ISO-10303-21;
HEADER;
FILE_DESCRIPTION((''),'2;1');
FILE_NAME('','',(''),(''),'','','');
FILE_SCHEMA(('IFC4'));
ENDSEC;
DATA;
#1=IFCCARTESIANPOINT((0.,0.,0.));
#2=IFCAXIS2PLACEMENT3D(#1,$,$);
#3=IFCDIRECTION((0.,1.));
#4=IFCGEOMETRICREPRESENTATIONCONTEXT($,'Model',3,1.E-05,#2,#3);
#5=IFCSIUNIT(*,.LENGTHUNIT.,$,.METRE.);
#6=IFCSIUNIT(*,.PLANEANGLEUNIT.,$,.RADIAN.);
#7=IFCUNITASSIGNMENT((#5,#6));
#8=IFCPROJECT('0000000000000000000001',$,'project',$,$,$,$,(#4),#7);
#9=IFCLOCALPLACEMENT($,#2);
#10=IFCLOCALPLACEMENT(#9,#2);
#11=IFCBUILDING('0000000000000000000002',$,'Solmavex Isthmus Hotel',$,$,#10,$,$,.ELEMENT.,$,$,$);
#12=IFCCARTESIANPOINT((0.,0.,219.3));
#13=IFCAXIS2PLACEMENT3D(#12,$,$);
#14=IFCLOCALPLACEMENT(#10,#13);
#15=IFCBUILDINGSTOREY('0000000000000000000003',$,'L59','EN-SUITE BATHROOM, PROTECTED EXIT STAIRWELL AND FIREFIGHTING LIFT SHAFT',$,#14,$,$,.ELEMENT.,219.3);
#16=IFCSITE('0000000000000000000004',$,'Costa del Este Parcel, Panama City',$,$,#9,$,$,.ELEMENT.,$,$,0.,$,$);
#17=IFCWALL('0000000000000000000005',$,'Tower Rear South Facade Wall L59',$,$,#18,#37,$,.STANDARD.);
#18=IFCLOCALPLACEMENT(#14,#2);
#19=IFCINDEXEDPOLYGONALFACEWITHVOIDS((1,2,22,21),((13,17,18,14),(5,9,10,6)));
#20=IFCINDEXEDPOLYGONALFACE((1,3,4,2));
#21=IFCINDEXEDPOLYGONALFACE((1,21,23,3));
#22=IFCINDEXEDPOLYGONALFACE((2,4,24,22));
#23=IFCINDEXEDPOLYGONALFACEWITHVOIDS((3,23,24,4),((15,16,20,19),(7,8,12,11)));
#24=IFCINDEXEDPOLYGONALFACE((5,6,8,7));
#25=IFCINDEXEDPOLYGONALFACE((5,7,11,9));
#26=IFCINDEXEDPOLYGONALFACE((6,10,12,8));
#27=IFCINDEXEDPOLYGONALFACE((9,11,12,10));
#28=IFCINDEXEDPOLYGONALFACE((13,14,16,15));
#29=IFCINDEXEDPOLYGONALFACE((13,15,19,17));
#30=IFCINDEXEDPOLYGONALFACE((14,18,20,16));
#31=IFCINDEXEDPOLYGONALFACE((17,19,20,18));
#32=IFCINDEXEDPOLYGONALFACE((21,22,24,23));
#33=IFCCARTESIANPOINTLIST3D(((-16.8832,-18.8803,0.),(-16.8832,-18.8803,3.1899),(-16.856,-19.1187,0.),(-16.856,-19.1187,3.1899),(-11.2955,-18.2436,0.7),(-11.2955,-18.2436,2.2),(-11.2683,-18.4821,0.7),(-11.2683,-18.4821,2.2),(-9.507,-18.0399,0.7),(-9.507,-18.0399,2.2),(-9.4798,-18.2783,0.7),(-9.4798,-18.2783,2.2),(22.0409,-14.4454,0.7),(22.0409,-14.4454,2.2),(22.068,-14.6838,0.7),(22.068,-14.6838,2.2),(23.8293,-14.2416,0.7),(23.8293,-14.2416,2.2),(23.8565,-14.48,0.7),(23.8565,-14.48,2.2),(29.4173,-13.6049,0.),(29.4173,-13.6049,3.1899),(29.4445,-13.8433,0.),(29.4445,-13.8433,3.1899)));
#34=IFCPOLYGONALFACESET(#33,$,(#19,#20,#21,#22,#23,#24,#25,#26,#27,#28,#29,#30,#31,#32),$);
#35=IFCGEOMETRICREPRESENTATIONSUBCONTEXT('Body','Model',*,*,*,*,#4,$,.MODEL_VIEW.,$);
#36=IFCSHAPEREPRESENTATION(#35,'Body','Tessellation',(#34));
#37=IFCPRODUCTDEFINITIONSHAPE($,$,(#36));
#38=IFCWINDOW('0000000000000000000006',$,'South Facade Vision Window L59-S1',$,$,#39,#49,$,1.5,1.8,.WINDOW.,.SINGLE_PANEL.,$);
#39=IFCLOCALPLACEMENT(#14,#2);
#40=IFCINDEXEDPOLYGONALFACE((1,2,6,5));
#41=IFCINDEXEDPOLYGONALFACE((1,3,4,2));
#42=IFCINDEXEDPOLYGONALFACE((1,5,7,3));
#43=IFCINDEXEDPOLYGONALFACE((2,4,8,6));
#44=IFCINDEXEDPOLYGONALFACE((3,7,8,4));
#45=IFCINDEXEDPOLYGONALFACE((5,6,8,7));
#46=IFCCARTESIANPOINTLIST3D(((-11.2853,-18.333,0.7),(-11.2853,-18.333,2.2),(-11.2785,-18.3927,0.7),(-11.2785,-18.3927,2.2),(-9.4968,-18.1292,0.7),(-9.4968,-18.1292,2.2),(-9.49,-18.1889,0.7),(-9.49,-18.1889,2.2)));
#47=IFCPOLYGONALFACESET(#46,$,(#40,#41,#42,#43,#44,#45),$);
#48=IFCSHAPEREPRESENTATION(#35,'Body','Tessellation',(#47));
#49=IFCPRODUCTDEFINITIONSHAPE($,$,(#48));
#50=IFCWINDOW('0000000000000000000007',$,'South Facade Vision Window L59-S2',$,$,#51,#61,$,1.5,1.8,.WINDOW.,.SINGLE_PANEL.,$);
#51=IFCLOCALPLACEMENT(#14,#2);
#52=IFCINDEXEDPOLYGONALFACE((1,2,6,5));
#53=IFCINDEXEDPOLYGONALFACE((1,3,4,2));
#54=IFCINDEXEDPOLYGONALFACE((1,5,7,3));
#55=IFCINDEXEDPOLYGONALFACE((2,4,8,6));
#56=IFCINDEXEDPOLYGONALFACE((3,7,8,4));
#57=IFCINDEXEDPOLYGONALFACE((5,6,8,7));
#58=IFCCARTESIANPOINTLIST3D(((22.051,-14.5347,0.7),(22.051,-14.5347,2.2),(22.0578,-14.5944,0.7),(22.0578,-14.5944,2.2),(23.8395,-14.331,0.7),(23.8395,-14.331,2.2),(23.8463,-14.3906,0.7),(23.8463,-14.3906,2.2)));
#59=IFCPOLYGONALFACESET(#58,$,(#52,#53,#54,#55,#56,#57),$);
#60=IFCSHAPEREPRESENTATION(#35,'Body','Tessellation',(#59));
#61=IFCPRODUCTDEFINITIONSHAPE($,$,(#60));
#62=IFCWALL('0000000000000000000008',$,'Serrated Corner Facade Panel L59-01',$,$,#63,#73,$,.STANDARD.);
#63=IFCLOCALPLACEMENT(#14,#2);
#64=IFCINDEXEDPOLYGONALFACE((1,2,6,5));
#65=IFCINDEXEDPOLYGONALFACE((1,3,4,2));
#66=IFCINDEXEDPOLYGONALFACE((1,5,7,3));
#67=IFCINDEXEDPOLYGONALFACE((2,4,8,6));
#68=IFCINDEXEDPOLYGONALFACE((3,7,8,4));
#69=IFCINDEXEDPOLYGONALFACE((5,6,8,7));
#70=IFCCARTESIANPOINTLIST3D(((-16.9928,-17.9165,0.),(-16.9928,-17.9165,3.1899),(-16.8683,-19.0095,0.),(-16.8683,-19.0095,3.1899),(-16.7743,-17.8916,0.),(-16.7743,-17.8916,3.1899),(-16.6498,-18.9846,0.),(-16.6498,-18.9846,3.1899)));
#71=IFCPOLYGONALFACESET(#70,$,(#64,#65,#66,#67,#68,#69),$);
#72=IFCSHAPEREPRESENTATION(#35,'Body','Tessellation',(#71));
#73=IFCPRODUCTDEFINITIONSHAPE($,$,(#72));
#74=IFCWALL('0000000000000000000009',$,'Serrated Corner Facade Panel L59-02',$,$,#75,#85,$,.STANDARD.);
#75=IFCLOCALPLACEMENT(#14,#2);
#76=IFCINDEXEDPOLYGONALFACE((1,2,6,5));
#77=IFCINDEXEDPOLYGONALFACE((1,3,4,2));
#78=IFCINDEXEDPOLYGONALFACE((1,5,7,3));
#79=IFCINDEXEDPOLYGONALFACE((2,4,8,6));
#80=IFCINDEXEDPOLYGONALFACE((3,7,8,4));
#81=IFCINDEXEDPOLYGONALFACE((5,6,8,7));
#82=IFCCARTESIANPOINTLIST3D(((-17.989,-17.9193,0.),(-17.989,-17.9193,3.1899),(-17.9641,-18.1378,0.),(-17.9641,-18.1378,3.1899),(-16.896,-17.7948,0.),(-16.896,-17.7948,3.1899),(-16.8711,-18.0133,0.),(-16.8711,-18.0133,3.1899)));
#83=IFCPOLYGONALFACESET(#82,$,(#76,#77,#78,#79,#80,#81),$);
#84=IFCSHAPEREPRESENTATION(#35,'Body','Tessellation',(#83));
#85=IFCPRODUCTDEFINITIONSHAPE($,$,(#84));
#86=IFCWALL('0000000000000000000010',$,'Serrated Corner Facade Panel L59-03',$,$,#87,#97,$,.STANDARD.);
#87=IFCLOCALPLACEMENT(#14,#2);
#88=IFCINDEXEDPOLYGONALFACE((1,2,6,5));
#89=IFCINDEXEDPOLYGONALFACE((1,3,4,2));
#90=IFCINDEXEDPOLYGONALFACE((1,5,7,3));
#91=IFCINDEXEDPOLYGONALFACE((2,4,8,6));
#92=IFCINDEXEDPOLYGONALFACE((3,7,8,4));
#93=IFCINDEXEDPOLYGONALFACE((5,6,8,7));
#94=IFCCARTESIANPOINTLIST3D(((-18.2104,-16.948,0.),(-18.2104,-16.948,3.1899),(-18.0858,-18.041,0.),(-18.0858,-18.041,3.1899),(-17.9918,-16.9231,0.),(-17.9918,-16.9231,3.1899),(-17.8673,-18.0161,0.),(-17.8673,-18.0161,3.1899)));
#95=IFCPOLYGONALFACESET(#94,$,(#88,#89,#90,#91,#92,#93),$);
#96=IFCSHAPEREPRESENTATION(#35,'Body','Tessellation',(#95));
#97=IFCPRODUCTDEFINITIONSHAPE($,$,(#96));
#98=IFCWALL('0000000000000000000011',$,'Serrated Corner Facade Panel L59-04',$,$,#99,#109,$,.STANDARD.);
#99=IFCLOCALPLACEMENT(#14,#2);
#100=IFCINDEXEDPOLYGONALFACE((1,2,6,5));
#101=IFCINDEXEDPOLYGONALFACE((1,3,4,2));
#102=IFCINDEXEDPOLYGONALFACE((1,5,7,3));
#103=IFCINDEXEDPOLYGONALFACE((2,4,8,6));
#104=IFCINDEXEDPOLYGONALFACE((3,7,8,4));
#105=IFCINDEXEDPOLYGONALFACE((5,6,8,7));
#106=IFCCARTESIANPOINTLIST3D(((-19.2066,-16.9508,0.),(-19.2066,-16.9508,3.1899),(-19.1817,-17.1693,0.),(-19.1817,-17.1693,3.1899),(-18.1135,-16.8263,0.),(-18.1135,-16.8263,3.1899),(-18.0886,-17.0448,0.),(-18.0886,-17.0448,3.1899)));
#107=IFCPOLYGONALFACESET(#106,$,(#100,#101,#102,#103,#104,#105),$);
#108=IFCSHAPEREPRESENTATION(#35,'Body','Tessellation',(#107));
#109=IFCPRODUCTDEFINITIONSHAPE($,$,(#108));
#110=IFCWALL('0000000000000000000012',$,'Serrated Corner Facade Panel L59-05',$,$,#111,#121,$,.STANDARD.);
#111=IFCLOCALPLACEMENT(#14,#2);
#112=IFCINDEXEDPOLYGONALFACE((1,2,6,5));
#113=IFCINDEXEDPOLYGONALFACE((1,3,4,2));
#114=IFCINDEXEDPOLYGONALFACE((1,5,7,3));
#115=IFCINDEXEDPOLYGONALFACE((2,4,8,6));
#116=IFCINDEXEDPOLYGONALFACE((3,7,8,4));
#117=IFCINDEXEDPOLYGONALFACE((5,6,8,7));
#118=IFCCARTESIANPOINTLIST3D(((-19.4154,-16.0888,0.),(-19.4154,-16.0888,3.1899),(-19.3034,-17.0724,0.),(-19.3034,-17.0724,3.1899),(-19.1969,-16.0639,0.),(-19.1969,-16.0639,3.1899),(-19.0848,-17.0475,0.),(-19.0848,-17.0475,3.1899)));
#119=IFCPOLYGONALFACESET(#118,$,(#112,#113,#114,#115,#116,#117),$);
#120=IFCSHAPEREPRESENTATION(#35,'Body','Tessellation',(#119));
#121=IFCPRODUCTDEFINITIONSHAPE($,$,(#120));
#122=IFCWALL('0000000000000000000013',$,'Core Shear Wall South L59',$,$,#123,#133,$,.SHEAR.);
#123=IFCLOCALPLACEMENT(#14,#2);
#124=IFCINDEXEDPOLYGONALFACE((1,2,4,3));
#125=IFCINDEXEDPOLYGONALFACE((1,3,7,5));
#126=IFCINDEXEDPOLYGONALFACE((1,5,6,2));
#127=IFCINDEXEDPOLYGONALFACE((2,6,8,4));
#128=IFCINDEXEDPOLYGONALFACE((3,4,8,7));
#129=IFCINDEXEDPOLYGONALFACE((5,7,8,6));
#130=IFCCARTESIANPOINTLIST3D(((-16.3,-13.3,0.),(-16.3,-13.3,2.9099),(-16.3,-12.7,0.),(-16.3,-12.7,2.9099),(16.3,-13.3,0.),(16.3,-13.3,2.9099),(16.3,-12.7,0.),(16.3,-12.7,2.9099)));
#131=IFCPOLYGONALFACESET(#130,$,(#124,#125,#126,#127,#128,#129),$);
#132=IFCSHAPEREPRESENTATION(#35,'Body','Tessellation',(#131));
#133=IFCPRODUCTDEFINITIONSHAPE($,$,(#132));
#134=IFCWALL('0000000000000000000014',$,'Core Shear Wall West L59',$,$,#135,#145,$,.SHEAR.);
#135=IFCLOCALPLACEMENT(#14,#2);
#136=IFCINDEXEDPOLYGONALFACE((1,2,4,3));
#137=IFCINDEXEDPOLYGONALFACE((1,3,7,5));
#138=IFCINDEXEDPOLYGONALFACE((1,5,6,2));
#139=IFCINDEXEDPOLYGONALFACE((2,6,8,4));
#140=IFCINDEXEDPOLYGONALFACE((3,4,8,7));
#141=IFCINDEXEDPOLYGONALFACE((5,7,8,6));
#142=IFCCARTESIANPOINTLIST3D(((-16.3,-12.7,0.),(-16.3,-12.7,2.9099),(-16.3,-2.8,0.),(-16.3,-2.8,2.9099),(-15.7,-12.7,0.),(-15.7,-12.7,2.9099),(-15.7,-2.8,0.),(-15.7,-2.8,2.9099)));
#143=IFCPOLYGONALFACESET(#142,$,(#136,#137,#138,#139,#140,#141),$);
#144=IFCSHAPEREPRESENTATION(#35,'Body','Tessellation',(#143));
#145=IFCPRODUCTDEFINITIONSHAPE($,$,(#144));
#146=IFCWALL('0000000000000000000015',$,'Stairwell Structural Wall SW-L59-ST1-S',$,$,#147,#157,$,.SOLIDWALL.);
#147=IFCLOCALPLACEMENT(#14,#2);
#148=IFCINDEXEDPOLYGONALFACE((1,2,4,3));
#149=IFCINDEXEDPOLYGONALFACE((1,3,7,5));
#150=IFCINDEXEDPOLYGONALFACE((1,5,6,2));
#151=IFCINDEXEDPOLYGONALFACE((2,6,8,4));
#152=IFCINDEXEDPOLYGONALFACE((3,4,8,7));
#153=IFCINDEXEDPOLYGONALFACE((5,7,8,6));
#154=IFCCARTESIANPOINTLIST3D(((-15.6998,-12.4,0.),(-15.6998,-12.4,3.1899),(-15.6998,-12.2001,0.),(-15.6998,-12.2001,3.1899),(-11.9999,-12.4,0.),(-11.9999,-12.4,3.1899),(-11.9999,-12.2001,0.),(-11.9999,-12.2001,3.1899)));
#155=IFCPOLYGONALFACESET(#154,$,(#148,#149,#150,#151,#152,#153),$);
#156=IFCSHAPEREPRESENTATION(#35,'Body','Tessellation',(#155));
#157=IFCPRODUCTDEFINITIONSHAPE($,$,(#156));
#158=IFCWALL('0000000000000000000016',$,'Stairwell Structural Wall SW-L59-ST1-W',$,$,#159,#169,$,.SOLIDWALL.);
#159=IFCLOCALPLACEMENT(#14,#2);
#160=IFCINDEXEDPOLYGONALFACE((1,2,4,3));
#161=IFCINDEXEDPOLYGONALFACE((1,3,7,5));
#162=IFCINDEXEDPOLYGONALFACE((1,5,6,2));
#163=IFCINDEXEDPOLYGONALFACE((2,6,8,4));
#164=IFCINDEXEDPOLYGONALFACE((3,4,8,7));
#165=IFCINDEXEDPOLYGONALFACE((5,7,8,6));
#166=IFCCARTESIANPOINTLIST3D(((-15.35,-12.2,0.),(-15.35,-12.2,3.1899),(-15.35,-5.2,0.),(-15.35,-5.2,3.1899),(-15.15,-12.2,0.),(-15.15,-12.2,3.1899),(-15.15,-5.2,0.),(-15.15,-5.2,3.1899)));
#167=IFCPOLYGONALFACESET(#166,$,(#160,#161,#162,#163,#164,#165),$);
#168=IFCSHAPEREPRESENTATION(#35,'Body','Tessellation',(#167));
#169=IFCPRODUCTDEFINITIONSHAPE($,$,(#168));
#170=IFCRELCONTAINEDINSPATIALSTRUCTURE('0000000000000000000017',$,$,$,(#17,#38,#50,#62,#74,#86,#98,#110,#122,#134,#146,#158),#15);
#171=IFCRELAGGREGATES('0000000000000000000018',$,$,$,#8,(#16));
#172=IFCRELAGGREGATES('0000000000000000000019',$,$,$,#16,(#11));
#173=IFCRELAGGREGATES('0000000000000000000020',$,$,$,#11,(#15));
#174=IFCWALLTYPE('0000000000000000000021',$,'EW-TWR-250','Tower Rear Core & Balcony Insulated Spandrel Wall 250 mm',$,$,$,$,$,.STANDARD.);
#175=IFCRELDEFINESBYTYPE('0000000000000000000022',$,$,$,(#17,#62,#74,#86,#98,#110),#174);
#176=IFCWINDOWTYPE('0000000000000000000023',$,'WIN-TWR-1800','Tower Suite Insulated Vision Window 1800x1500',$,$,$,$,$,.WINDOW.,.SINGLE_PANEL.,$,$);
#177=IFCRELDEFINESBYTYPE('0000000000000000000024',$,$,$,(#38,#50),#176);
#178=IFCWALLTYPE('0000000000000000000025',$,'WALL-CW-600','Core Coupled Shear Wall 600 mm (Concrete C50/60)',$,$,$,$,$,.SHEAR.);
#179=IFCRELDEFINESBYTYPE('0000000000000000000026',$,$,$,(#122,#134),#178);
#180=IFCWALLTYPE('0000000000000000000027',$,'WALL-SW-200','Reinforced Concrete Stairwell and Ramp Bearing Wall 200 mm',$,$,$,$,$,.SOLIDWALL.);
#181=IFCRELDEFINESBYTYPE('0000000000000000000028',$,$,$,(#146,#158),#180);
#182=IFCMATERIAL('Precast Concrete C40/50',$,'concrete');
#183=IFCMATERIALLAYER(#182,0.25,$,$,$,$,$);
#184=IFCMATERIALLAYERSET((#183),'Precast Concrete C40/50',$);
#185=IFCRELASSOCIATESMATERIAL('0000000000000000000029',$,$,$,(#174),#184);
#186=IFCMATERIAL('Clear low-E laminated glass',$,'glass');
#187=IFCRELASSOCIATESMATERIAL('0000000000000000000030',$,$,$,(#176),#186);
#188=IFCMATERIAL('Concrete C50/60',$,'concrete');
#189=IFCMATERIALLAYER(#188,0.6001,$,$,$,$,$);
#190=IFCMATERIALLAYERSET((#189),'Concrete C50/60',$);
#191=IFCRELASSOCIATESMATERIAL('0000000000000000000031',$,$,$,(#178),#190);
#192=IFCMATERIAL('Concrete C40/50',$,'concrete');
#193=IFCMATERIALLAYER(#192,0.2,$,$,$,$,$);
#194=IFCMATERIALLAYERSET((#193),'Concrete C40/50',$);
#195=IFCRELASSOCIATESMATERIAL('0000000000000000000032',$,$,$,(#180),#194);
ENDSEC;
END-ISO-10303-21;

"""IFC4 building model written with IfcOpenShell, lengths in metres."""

from ifc_helpers import new_model, si_unit, direction, frame, frame_2d, origin, place, context, subcontext, project, spatial, rectangle, extrude, material, layer, layer_set, type_object, element, fill, save


model = new_model("IFC4")

# Units and contexts
model_context = context("Model", 3, precision=1e-05, world=origin(), true_north=direction((0.0, 1.0)))
body_context = subcontext(model_context, "Body", "Model", "MODEL_VIEW")
ifc_project = project(units=[si_unit("LENGTHUNIT", "METRE"), si_unit("PLANEANGLEUNIT", "RADIAN")], contexts=[model_context])

# Site, building, storey
site_placement = place(None, origin())
site = spatial("IfcSite", under=ifc_project, at=site_placement, Name="Costa del Este Parcel, Panama City", CompositionType="ELEMENT", RefElevation=0.0)
building_placement = place(site_placement, origin())
building = spatial("IfcBuilding", under=site, at=building_placement, Name="Solmavex Isthmus Hotel", CompositionType="ELEMENT")
storey_placement = place(building_placement, frame((0.0, 0.0, 219.3)))
storey = spatial("IfcBuildingStorey", under=building, at=storey_placement, Name="L59", Description="EN-SUITE BATHROOM, PROTECTED EXIT STAIRWELL AND FIREFIGHTING LIFT SHAFT", CompositionType="ELEMENT", Elevation=219.3)

# Shared definitions
ifc_material_1 = material(Name="Concrete C50/60", Category="concrete")

# Shared definitions
ifc_material_2 = material(Name="Clear low-E laminated glass", Category="glass")

# Wall, openings, windows
ifc_material_3 = material(Name="Precast Concrete C40/50", Category="concrete")
ifc_layer_1 = layer(ifc_material_3, 0.25)
ifc_layer_set_1 = layer_set([ifc_layer_1], Name="Precast Concrete C40/50")
wall_type_1 = type_object("IfcWallType", Name="EW-TWR-250", Description="Tower Rear Core & Balcony Insulated Spandrel Wall 250 mm", PredefinedType="STANDARD", material=ifc_layer_set_1)
wall_1_placement = place(storey_placement, frame((-16.8696, -18.9995, 0.0), z_axis=(0.0, 0.0, 1.0), x_axis=(0.993572, 0.113206, 0.0)))
wall_1 = element("IfcWall", 1, at=wall_1_placement, inside=storey, type_object=wall_type_1, Name="Tower Rear South Facade Wall L59", PredefinedType="STANDARD", context=body_context, shape_type="SweptSolid", body=[
    extrude(rectangle(XDim=46.6001, YDim=0.24, at=frame_2d((23.3, 0.0))), origin(), (0.0, 0.0, 1.0), 3.1899),
])
opening_1_placement = place(wall_1_placement, frame((5.624, 0.0, 0.7)))
opening_1 = element("IfcOpeningElement", 2, at=opening_1_placement, cuts=wall_1, PredefinedType="OPENING", context=body_context, shape_type="SweptSolid", body=[
    extrude(rectangle(XDim=1.8, YDim=1.5, at=frame_2d((0.8999, 0.75))), frame((0.0, 0.1299, 0.0), z_axis=(0.0, -1.0, 0.0), x_axis=(1.0, 0.0, 0.0)), (0.0, 0.0, 1.0), 0.26),
])
opening_2_placement = place(wall_1_placement, frame((39.176, 0.0, 0.7)))
opening_2 = element("IfcOpeningElement", 3, at=opening_2_placement, cuts=wall_1, PredefinedType="OPENING", context=body_context, shape_type="SweptSolid", body=[
    extrude(rectangle(XDim=1.8, YDim=1.5, at=frame_2d((0.8999, 0.75))), frame((0.0, 0.1299, 0.0), z_axis=(0.0, -1.0, 0.0), x_axis=(1.0, 0.0, 0.0)), (0.0, 0.0, 1.0), 0.26),
])
window_type = type_object("IfcWindowType", Name="WIN-TWR-1800", Description="Tower Suite Insulated Vision Window 1800x1500", PartitioningType="SINGLE_PANEL", PredefinedType="WINDOW", material=ifc_material_2)
window_1_placement = place(opening_1_placement, origin())
window_1 = element("IfcWindow", 4, at=window_1_placement, inside=storey, type_object=window_type, Name="South Facade Vision Window L59-S1", OverallHeight=1.5, OverallWidth=1.8, PartitioningType="SINGLE_PANEL", PredefinedType="WINDOW", context=body_context, shape_type="SweptSolid", body=[
    extrude(rectangle(XDim=1.8, YDim=1.5, at=frame_2d((0.8999, 0.75))), frame((0.0, 0.03, 0.0), z_axis=(0.0, -1.0, 0.0), x_axis=(1.0, 0.0, 0.0)), (0.0, 0.0, 1.0), 0.0601),
])
fill(opening_1, window_1)
window_2_placement = place(opening_2_placement, origin())
window_2 = element("IfcWindow", 5, at=window_2_placement, inside=storey, type_object=window_type, Name="South Facade Vision Window L59-S2", OverallHeight=1.5, OverallWidth=1.8, PartitioningType="SINGLE_PANEL", PredefinedType="WINDOW", context=body_context, shape_type="SweptSolid", body=[
    extrude(rectangle(XDim=1.8, YDim=1.5, at=frame_2d((0.8999, 0.75))), frame((0.0, 0.03, 0.0), z_axis=(0.0, -1.0, 0.0), x_axis=(1.0, 0.0, 0.0)), (0.0, 0.0, 1.0), 0.0601),
])
fill(opening_2, window_2)

# Walls
for number, where, z_axis, x_axis, name in (
    (6, (-16.759, -18.9971, 0.0), (0.0, 0.0, 1.0), (-0.113184, 0.993574, 0.0), "Serrated Corner Facade Panel L59-01"),
    (7, (-16.8835, -17.9041, 0.0), (0.0, 0.0, 1.0), (-0.993574, -0.113184, 0.0), "Serrated Corner Facade Panel L59-02"),
    (8, (-17.9766, -18.0286, 0.0), (0.0, 0.0, 1.0), (-0.113184, 0.993574, 0.0), "Serrated Corner Facade Panel L59-03"),
    (9, (-18.1011, -16.9355, 0.0), (0.0, 0.0, 1.0), (-0.993574, -0.113184, 0.0), "Serrated Corner Facade Panel L59-04"),
):
    element("IfcWall", number, at=place(storey_placement, frame(where, z_axis=z_axis, x_axis=x_axis)), inside=storey, type_object=wall_type_1, Name=name, PredefinedType="STANDARD", context=body_context, shape_type="SweptSolid", body=[
        extrude(rectangle(XDim=1.1001, YDim=0.22, at=frame_2d((0.55, 0.0))), origin(), (0.0, 0.0, 1.0), 3.1899),
    ])
wall_2_placement = place(storey_placement, frame((-19.1941, -17.0601, 0.0), z_axis=(0.0, 0.0, 1.0), x_axis=(-0.113192, 0.993573, 0.0)))
element("IfcWall", 10, at=wall_2_placement, inside=storey, type_object=wall_type_1, Name="Serrated Corner Facade Panel L59-05", PredefinedType="STANDARD", context=body_context, shape_type="SweptSolid", body=[
    extrude(rectangle(XDim=0.99, YDim=0.22, at=frame_2d((0.4951, 0.0))), origin(), (0.0, 0.0, 1.0), 3.1899),
])
ifc_layer_2 = layer(ifc_material_1, 0.6001)
ifc_layer_set_2 = layer_set([ifc_layer_2], Name="Concrete C50/60")
wall_type_2 = type_object("IfcWallType", Name="WALL-CW-600", Description="Core Coupled Shear Wall 600 mm (Concrete C50/60)", PredefinedType="SHEAR", material=ifc_layer_set_2)
wall_3_placement = place(storey_placement, frame((-16.3, -13.0, 0.0), z_axis=(0.0, 0.0, 1.0), x_axis=(1.0, 0.0, 0.0)))
element("IfcWall", 11, at=wall_3_placement, inside=storey, type_object=wall_type_2, Name="Core Shear Wall South L59", PredefinedType="SHEAR", context=body_context, shape_type="SweptSolid", body=[
    extrude(rectangle(XDim=32.6001, YDim=0.6001, at=frame_2d((16.3, 0.0))), origin(), (0.0, 0.0, 1.0), 2.9099),
])
wall_4_placement = place(storey_placement, frame((-16.0, -12.7, 0.0), z_axis=(0.0, 0.0, 1.0), x_axis=(0.0, 1.0, 0.0)))
element("IfcWall", 12, at=wall_4_placement, inside=storey, type_object=wall_type_2, Name="Core Shear Wall West L59", PredefinedType="SHEAR", context=body_context, shape_type="SweptSolid", body=[
    extrude(rectangle(XDim=9.8999, YDim=0.6001, at=frame_2d((4.95, 0.0))), origin(), (0.0, 0.0, 1.0), 2.9099),
])
ifc_material_4 = material(Name="Concrete C40/50", Category="concrete")
ifc_layer_3 = layer(ifc_material_4, 0.2)
ifc_layer_set_3 = layer_set([ifc_layer_3], Name="Concrete C40/50")
wall_type_3 = type_object("IfcWallType", Name="WALL-SW-200", Description="Reinforced Concrete Stairwell and Ramp Bearing Wall 200 mm", PredefinedType="SOLIDWALL", material=ifc_layer_set_3)
wall_5_placement = place(storey_placement, frame((-15.7, -12.3, 0.0), z_axis=(0.0, 0.0, 1.0), x_axis=(1.0, 0.0, 0.0)))
element("IfcWall", 13, at=wall_5_placement, inside=storey, type_object=wall_type_3, Name="Stairwell Structural Wall SW-L59-ST1-S", PredefinedType="SOLIDWALL", context=body_context, shape_type="SweptSolid", body=[
    extrude(rectangle(XDim=3.7, YDim=0.2, at=frame_2d((1.8501, 0.0))), origin(), (0.0, 0.0, 1.0), 3.1899),
])
wall_6_placement = place(storey_placement, frame((-15.25, -12.2, 0.0), z_axis=(0.0, 0.0, 1.0), x_axis=(0.0, 1.0, 0.0)))
element("IfcWall", 14, at=wall_6_placement, inside=storey, type_object=wall_type_3, Name="Stairwell Structural Wall SW-L59-ST1-W", PredefinedType="SOLIDWALL", context=body_context, shape_type="SweptSolid", body=[
    extrude(rectangle(XDim=7.0, YDim=0.2, at=frame_2d((3.5, 0.0))), origin(), (0.0, 0.0, 1.0), 3.1899),
])

save(model, "model.ifc")
